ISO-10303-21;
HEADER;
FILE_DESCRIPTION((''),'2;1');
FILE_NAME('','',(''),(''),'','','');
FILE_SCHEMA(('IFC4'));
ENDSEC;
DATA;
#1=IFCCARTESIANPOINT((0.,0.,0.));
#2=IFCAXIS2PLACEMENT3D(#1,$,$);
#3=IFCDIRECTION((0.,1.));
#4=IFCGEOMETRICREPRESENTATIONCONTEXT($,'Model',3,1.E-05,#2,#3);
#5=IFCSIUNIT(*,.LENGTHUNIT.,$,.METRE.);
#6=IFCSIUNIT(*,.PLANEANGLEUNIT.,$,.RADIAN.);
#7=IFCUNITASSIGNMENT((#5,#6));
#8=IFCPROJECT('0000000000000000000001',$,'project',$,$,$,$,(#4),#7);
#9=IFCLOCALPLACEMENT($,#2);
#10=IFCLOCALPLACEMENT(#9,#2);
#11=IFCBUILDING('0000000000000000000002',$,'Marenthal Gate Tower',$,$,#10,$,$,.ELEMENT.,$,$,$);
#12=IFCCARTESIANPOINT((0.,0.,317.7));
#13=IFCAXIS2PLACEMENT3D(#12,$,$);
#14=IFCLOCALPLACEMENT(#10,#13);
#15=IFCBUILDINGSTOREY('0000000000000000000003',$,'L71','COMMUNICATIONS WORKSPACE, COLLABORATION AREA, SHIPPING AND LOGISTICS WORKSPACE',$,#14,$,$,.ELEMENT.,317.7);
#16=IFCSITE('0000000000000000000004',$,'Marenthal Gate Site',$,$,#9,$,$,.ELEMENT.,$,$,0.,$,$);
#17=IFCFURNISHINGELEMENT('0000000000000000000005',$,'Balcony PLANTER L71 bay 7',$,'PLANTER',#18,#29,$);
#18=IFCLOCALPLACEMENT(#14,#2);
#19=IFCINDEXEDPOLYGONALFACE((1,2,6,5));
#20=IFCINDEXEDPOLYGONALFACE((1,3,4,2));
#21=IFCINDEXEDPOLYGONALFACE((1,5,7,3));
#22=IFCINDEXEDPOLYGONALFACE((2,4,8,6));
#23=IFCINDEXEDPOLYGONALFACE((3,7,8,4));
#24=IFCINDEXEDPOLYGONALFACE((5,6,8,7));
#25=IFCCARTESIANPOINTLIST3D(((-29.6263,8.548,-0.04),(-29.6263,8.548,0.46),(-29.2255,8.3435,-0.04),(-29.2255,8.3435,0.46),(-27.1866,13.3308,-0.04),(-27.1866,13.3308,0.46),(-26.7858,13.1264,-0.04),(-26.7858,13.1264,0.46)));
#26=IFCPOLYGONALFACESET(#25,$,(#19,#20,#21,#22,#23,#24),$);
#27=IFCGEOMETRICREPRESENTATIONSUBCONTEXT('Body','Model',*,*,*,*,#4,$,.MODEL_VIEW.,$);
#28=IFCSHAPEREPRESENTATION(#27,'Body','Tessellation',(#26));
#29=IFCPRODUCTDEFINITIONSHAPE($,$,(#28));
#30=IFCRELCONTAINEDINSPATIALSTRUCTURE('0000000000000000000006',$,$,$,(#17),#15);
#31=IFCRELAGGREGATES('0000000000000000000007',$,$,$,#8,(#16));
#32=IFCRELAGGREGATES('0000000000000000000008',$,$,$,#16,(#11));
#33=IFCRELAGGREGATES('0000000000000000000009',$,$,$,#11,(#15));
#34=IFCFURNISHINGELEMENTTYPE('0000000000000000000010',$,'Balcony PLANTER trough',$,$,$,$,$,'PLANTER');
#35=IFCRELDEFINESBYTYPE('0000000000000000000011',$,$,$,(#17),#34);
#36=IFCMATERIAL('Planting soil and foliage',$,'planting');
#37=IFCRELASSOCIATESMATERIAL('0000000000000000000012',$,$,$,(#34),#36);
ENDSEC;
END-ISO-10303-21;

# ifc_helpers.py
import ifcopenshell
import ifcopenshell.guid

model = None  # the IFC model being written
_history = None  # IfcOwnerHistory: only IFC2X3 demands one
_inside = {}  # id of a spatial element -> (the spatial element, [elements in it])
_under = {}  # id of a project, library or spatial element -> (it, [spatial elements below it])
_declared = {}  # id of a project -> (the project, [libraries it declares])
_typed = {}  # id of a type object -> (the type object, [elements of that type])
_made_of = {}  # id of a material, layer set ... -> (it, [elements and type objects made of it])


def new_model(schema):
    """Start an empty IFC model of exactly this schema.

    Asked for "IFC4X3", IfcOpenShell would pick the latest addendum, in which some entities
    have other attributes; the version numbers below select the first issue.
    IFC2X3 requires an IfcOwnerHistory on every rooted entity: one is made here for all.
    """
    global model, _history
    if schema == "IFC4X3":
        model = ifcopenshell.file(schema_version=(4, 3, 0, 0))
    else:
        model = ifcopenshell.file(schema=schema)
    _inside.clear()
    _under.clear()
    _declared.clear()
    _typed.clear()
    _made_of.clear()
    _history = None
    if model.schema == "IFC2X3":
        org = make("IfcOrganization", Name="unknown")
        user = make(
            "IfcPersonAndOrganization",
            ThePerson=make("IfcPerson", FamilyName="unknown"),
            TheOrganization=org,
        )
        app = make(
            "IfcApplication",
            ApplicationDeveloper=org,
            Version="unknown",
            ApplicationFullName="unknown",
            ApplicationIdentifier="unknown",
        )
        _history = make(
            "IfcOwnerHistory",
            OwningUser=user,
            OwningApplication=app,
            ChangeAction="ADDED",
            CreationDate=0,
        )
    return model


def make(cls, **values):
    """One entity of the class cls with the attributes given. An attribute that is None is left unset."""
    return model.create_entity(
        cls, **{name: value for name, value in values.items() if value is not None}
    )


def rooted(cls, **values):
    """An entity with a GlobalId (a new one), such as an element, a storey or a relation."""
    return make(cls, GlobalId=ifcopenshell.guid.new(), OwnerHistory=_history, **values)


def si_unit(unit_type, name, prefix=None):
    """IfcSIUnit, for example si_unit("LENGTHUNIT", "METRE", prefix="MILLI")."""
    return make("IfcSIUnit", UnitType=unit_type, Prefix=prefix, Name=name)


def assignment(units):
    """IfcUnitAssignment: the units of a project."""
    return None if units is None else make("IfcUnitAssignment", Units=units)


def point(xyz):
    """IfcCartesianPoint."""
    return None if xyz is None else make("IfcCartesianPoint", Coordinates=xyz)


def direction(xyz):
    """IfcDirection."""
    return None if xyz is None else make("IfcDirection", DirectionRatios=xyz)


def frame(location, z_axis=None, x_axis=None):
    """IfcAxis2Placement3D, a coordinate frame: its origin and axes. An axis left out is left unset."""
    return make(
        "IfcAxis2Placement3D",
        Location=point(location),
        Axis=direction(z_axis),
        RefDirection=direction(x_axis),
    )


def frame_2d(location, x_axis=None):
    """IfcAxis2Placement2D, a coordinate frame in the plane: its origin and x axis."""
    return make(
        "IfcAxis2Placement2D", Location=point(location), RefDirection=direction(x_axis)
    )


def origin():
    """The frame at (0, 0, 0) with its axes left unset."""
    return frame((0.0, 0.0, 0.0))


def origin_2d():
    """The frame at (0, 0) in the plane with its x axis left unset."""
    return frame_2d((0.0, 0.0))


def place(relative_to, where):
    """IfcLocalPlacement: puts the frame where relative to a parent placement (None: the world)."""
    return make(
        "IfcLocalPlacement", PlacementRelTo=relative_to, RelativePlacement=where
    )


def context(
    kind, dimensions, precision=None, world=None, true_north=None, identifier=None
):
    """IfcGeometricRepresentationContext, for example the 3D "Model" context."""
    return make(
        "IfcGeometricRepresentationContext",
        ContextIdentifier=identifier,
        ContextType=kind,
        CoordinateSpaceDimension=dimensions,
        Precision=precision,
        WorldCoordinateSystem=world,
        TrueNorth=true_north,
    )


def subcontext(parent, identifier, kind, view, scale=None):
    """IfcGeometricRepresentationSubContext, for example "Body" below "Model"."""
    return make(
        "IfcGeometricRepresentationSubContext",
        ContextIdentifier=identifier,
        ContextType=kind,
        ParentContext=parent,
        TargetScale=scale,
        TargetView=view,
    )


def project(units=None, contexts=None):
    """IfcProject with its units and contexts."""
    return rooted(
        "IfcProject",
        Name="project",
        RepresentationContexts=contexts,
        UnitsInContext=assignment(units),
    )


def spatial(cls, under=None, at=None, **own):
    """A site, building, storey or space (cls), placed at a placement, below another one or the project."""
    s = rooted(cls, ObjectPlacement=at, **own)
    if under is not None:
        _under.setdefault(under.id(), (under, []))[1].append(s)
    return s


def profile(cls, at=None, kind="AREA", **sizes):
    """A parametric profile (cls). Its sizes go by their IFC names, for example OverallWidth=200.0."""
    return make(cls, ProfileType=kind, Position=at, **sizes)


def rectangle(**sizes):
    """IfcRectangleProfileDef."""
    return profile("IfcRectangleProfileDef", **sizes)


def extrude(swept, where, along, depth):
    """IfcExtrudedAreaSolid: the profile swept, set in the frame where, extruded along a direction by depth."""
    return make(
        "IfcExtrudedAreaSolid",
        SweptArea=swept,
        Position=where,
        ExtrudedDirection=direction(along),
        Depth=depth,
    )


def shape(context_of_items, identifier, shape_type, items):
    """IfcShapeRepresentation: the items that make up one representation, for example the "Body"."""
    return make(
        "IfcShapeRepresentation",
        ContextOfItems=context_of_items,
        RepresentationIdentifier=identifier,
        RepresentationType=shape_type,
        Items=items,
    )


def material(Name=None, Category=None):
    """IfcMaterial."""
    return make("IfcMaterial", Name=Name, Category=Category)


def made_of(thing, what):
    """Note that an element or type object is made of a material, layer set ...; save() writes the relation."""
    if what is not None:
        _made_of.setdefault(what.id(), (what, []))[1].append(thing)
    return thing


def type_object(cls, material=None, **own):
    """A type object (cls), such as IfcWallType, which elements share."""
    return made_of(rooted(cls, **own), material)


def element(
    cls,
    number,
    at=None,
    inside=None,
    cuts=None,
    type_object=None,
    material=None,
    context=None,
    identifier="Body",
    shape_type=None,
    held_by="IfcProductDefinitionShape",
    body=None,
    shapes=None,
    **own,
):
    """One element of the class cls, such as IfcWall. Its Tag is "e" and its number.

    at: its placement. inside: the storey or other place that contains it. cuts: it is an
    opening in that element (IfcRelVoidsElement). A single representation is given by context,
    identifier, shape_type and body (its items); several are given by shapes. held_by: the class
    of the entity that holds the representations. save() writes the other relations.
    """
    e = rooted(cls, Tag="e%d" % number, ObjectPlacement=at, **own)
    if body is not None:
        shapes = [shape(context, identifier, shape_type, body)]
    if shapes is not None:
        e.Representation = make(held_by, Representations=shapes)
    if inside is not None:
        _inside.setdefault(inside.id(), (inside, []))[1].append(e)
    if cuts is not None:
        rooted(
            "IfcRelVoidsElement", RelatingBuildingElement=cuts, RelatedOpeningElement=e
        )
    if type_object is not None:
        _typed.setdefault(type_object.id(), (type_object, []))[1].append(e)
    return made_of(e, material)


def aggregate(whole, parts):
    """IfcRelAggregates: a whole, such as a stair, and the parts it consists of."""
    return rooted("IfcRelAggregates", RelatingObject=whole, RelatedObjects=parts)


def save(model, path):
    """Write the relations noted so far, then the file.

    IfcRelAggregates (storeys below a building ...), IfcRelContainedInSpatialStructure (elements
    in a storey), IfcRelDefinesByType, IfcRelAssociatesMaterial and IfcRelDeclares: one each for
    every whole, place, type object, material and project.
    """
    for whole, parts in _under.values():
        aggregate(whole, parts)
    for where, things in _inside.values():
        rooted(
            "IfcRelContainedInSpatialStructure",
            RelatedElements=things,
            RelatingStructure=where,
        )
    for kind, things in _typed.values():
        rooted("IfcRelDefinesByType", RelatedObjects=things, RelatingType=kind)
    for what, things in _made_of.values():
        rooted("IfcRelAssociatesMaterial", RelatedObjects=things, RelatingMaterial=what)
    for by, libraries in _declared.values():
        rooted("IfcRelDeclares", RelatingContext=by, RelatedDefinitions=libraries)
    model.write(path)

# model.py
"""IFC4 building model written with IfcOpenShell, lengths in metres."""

from ifc_helpers import new_model, si_unit, direction, frame, origin, origin_2d, place, context, subcontext, project, spatial, rectangle, extrude, material, type_object, element, save


model = new_model("IFC4")

# Units and contexts
model_context = context("Model", 3, precision=1e-05, world=origin(), true_north=direction((0.0, 1.0)))
body_context = subcontext(model_context, "Body", "Model", "MODEL_VIEW")
ifc_project = project(units=[si_unit("LENGTHUNIT", "METRE"), si_unit("PLANEANGLEUNIT", "RADIAN")], contexts=[model_context])

# Site, building, storey
site_placement = place(None, origin())
site = spatial("IfcSite", under=ifc_project, at=site_placement, Name="Marenthal Gate Site", CompositionType="ELEMENT", RefElevation=0.0)
building_placement = place(site_placement, origin())
building = spatial("IfcBuilding", under=site, at=building_placement, Name="Marenthal Gate Tower", CompositionType="ELEMENT")
storey_placement = place(building_placement, frame((0.0, 0.0, 317.7)))
storey = spatial("IfcBuildingStorey", under=building, at=storey_placement, Name="L71", Description="COMMUNICATIONS WORKSPACE, COLLABORATION AREA, SHIPPING AND LOGISTICS WORKSPACE", CompositionType="ELEMENT", Elevation=317.7)

# Furnishing element
ifc_material_1 = material(Name="Planting soil and foliage", Category="planting")
furnishing_element_type = type_object("IfcFurnishingElementType", Name="Balcony PLANTER trough", ElementType="PLANTER", material=ifc_material_1)
furnishing_placement = place(storey_placement, frame((-28.2061, 10.8372, -0.04), z_axis=(0.0, 0.0, 1.0), x_axis=(-0.454389, -0.890803, 0.0)))
element("IfcFurnishingElement", 1, at=furnishing_placement, inside=storey, type_object=furnishing_element_type, Name="Balcony PLANTER L71 bay 7", ObjectType="PLANTER", context=body_context, shape_type="SweptSolid", body=[
    extrude(rectangle(XDim=5.3691, YDim=0.45, at=origin_2d()), origin(), (0.0, 0.0, 1.0), 0.5),
])

save(model, "model.ifc")
